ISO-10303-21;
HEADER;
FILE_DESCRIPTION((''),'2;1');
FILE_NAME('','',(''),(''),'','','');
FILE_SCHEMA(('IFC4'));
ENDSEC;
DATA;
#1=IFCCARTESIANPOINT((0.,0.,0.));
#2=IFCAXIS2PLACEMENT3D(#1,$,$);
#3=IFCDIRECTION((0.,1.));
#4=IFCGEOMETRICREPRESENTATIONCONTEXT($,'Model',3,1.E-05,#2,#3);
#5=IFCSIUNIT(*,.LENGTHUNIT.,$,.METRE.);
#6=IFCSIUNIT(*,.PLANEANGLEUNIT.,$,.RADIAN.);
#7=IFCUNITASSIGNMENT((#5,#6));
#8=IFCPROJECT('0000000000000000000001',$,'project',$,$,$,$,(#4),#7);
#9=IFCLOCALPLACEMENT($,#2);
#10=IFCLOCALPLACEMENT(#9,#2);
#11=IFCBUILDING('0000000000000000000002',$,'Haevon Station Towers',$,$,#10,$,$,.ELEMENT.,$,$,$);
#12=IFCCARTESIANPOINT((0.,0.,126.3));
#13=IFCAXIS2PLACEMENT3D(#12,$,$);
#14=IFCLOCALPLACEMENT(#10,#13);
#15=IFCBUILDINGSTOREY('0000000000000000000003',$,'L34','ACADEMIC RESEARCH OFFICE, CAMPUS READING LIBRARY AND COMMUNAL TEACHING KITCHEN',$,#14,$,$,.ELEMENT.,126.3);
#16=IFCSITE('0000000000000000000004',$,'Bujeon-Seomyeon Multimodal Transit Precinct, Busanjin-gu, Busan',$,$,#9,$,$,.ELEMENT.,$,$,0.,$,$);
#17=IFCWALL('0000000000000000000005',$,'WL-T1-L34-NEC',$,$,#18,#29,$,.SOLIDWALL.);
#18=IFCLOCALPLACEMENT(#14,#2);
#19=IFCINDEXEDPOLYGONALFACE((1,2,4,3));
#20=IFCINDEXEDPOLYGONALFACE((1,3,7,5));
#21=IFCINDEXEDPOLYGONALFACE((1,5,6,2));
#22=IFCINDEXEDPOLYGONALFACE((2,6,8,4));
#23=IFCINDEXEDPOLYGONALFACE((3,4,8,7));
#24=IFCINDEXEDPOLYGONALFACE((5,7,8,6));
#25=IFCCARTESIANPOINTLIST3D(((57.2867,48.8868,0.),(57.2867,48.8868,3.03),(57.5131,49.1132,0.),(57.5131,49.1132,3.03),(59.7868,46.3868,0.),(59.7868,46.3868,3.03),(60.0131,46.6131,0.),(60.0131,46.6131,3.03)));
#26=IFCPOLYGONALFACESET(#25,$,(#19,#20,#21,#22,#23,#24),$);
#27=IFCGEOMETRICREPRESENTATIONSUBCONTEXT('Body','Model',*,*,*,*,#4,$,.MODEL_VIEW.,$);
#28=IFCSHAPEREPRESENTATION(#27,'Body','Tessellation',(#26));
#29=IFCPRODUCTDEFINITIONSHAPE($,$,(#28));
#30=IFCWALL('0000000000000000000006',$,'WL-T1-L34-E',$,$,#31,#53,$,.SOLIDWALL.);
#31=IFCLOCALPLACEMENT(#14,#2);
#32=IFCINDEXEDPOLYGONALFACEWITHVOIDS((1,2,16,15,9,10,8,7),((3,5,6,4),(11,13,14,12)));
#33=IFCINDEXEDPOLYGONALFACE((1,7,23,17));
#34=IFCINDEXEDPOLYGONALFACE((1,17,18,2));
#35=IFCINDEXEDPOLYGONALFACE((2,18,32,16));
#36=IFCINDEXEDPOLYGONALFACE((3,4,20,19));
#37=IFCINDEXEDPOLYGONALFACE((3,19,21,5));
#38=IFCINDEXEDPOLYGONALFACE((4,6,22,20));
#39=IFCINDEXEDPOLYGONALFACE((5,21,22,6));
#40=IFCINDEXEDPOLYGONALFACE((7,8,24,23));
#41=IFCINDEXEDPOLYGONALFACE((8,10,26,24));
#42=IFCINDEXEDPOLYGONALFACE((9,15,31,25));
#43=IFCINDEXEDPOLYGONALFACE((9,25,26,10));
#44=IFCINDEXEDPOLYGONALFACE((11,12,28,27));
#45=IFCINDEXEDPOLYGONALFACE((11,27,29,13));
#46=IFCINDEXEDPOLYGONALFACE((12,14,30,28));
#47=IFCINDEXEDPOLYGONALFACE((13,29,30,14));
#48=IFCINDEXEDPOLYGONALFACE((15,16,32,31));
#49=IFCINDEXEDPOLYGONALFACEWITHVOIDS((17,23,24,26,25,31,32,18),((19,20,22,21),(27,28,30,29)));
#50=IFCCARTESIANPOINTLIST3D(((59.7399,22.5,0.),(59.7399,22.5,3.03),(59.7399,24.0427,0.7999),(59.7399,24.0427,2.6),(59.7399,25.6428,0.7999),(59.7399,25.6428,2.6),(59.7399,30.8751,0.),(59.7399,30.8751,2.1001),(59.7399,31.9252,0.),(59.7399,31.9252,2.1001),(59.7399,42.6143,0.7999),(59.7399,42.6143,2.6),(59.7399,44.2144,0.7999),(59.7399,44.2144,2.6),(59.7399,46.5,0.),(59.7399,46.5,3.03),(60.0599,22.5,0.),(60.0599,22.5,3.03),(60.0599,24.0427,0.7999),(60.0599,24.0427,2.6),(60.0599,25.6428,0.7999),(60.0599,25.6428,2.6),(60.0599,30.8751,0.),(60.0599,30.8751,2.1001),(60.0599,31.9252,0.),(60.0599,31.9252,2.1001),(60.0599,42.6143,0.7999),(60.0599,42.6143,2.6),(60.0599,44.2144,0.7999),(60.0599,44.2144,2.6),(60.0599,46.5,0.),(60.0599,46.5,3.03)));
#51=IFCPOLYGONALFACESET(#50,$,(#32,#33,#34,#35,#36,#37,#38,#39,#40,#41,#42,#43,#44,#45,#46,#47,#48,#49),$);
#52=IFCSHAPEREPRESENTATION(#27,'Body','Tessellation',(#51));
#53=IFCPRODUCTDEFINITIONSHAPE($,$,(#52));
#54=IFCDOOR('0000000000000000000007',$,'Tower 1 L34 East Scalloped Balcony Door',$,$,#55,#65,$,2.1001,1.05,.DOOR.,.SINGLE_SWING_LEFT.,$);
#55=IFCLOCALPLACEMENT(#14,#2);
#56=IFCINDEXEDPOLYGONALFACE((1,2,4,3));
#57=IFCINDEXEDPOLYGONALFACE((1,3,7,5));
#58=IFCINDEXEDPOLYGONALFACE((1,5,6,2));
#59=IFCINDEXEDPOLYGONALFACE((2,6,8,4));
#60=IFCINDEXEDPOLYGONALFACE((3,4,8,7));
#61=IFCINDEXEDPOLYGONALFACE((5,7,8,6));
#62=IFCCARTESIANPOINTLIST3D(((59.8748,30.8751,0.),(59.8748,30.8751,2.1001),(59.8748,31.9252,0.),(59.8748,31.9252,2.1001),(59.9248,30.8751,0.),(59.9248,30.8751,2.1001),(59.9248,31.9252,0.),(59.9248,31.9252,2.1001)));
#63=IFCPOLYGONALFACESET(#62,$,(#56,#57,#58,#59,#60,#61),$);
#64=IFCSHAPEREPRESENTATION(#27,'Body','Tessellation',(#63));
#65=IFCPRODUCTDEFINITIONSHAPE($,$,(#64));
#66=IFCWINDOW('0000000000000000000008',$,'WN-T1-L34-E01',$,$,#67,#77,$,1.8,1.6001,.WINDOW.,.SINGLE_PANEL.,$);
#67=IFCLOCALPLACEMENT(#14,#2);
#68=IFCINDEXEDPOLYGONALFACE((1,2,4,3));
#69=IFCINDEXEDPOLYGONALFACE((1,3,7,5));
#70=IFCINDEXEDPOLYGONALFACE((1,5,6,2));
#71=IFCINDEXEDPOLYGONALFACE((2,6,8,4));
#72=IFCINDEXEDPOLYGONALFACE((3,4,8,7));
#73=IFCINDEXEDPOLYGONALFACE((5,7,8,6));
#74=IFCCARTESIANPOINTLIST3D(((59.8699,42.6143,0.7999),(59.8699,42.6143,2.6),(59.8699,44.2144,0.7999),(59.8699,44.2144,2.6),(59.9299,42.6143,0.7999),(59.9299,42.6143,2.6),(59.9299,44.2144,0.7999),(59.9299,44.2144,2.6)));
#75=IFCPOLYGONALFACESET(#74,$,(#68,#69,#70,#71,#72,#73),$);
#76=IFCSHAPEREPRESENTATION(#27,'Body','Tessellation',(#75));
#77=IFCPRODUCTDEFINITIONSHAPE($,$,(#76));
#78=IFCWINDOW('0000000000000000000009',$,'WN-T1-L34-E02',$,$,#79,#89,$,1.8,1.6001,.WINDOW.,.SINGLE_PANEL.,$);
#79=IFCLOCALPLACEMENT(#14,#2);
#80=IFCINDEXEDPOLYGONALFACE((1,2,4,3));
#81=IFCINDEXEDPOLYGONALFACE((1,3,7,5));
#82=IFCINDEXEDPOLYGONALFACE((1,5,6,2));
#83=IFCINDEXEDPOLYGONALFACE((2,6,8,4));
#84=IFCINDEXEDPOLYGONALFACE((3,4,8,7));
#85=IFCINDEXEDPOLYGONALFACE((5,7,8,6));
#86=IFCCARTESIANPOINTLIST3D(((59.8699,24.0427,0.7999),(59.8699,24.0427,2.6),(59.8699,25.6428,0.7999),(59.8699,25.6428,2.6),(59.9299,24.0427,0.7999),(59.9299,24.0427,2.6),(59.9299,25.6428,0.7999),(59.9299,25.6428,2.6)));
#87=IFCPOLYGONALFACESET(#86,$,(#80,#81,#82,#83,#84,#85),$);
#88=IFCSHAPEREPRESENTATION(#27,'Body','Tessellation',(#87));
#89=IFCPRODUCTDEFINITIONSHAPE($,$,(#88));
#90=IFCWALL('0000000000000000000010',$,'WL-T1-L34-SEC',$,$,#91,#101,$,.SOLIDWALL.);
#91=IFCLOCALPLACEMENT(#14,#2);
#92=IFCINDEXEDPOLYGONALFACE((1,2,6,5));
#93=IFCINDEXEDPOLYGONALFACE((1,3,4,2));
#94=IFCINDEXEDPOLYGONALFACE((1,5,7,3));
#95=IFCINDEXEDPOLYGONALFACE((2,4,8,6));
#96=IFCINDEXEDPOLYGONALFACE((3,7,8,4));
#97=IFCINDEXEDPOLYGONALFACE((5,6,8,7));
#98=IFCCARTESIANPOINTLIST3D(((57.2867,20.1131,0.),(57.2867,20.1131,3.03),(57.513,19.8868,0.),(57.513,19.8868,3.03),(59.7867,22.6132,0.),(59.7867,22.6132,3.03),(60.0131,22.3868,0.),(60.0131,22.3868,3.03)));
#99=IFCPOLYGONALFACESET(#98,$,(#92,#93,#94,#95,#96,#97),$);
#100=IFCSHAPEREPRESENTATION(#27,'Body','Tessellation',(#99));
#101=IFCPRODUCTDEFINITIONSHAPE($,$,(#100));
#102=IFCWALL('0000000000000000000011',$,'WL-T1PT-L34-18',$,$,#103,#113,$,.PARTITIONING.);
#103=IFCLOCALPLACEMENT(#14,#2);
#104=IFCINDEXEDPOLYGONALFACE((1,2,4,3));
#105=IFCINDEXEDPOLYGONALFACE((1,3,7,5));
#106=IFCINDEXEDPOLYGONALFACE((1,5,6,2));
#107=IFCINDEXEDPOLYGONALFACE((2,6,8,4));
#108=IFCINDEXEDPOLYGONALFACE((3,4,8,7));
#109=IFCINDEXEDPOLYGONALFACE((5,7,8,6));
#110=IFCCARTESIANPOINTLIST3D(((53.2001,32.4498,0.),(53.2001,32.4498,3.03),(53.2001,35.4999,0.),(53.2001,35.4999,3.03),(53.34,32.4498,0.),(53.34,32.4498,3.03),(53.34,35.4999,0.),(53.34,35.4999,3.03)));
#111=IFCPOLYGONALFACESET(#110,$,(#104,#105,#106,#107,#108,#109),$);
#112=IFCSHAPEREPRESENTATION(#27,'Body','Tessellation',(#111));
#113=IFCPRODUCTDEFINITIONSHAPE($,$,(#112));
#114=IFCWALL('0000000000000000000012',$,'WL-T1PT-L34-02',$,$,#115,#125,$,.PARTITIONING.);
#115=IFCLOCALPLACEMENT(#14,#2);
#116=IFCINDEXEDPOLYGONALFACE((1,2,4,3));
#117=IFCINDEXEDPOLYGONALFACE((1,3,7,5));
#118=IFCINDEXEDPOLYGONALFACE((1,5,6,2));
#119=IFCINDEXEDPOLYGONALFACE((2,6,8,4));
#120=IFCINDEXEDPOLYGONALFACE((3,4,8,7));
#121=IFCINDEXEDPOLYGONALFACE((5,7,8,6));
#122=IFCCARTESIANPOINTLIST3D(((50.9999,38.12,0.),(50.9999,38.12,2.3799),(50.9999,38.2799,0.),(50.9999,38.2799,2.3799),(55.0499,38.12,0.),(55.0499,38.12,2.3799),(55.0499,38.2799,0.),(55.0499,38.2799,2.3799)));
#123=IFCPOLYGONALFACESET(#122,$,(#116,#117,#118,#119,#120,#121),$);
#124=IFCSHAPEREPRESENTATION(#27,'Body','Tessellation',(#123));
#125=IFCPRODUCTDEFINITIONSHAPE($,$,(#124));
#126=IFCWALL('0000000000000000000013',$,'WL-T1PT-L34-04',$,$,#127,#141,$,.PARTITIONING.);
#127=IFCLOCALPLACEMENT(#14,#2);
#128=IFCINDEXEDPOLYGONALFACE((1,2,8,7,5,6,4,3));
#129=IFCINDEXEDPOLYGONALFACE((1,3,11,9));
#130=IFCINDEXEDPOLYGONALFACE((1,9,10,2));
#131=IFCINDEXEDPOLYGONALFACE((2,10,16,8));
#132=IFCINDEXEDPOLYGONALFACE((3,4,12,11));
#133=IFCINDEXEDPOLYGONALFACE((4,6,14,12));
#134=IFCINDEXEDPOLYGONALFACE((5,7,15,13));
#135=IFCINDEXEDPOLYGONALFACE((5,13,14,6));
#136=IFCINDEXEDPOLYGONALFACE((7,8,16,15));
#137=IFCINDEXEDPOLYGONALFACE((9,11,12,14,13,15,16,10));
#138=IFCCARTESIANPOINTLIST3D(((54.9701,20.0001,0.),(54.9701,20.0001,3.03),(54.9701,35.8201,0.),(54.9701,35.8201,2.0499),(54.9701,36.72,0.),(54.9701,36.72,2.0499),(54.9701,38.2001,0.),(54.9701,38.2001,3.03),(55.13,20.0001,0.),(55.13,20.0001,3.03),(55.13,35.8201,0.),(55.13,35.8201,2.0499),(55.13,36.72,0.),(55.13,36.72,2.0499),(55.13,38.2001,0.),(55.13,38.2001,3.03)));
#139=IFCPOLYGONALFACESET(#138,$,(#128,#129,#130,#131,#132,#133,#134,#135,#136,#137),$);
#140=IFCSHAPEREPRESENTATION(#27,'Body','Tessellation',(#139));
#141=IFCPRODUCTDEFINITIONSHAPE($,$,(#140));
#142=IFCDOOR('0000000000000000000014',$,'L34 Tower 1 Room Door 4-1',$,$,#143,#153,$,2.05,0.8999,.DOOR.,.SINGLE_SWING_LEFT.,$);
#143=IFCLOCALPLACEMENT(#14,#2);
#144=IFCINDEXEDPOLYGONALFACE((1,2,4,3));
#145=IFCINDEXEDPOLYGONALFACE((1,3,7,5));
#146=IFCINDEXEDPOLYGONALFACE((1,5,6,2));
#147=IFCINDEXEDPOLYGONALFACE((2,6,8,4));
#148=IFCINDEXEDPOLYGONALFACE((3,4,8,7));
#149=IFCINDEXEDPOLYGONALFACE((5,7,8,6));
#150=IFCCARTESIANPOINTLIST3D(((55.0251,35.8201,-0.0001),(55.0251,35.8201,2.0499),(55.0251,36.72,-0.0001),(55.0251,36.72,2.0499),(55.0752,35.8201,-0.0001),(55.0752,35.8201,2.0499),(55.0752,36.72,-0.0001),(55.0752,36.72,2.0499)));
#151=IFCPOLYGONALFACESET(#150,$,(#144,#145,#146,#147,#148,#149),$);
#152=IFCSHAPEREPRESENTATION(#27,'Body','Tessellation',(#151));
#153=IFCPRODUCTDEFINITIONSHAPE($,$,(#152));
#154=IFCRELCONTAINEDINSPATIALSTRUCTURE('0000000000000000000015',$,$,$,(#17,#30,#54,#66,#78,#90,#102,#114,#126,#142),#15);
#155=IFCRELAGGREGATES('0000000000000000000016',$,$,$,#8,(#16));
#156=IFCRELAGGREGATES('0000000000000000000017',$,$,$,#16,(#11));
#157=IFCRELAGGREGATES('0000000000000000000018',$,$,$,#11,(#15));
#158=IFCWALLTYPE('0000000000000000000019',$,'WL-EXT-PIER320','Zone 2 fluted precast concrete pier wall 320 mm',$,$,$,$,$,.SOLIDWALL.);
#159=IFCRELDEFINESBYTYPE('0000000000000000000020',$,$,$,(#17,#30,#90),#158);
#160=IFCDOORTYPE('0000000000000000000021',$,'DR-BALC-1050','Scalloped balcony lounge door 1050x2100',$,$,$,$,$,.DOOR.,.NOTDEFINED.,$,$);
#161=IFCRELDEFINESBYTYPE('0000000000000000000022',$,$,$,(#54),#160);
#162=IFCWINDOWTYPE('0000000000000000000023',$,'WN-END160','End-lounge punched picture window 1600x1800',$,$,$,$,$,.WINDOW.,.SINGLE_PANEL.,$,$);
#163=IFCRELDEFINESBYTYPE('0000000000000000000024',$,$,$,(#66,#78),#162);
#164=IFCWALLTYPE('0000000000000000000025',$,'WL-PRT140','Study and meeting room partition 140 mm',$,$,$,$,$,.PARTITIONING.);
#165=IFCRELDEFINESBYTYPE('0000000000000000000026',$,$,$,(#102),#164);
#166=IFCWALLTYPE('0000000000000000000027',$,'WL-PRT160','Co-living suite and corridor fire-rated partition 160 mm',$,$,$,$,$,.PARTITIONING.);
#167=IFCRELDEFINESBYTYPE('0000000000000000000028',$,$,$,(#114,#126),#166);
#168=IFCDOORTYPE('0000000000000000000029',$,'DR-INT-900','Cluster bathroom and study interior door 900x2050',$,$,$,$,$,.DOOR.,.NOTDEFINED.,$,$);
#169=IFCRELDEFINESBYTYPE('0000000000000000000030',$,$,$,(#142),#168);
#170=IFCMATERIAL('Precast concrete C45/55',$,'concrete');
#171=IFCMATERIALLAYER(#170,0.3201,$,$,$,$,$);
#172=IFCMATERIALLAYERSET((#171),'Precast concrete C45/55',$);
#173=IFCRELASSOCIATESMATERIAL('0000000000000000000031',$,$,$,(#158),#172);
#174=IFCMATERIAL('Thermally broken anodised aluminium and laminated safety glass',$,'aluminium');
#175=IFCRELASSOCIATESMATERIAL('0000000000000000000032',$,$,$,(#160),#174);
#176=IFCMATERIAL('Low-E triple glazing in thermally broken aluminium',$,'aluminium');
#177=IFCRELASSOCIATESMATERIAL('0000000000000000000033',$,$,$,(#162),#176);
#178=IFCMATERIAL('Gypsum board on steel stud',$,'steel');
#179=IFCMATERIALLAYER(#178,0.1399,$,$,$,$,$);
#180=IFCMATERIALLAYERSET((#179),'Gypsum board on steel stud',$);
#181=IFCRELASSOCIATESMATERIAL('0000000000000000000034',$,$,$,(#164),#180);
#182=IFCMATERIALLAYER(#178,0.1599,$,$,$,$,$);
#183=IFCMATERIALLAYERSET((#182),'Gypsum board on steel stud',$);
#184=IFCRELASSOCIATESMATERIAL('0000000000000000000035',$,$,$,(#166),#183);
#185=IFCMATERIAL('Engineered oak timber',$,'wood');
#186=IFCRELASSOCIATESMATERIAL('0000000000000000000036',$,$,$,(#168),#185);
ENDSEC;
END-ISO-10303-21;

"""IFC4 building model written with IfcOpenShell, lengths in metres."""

from ifc_helpers import new_model, si_unit, direction, frame, frame_2d, origin, place, context, subcontext, project, spatial, rectangle, extrude, material, layer, layer_set, type_object, element, fill, save


model = new_model("IFC4")

# Units and contexts
model_context = context("Model", 3, precision=1e-05, world=origin(), true_north=direction((0.0, 1.0)))
body_context = subcontext(model_context, "Body", "Model", "MODEL_VIEW")
ifc_project = project(units=[si_unit("LENGTHUNIT", "METRE"), si_unit("PLANEANGLEUNIT", "RADIAN")], contexts=[model_context])

# Site, building, storey
site_placement = place(None, origin())
site = spatial("IfcSite", under=ifc_project, at=site_placement, Name="Bujeon-Seomyeon Multimodal Transit Precinct, Busanjin-gu, Busan", CompositionType="ELEMENT", RefElevation=0.0)
building_placement = place(site_placement, origin())
building = spatial("IfcBuilding", under=site, at=building_placement, Name="Haevon Station Towers", CompositionType="ELEMENT")
storey_placement = place(building_placement, frame((0.0, 0.0, 126.3)))
storey = spatial("IfcBuildingStorey", under=building, at=storey_placement, Name="L34", Description="ACADEMIC RESEARCH OFFICE, CAMPUS READING LIBRARY AND COMMUNAL TEACHING KITCHEN", CompositionType="ELEMENT", Elevation=126.3)

# Shared definitions
ifc_material_1 = material(Name="Precast concrete C45/55", Category="concrete")
ifc_layer_1 = layer(ifc_material_1, 0.3201)
ifc_layer_set_1 = layer_set([ifc_layer_1], Name="Precast concrete C45/55")
wall_type_1 = type_object("IfcWallType", Name="WL-EXT-PIER320", Description="Zone 2 fluted precast concrete pier wall 320 mm", PredefinedType="SOLIDWALL", material=ifc_layer_set_1)
ifc_material_2 = material(Name="Low-E triple glazing in thermally broken aluminium", Category="aluminium")

# Wall
wall_1_placement = place(storey_placement, frame((57.3999, 49.0, 0.0), z_axis=(0.0, 0.0, 1.0), x_axis=(0.707107, -0.707107, 0.0)))
element("IfcWall", 1, at=wall_1_placement, inside=storey, type_object=wall_type_1, Name="WL-T1-L34-NEC", PredefinedType="SOLIDWALL", context=body_context, shape_type="SweptSolid", body=[
    extrude(rectangle(XDim=3.5356, YDim=0.3201, at=frame_2d((1.7678, 0.0))), origin(), (0.0, 0.0, 1.0), 3.03),
])

# Wall, openings, door, windows
wall_2_placement = place(storey_placement, frame((59.8999, 46.5, 0.0), z_axis=(0.0, 0.0, 1.0), x_axis=(0.0, -1.0, 0.0)))
wall_2 = element("IfcWall", 2, at=wall_2_placement, inside=storey, type_object=wall_type_1, Name="WL-T1-L34-E", PredefinedType="SOLIDWALL", context=body_context, shape_type="SweptSolid", body=[
    extrude(rectangle(XDim=24.0, YDim=0.3201, at=frame_2d((12.0, 0.0))), origin(), (0.0, 0.0, 1.0), 3.03),
])
opening_1_placement = place(wall_2_placement, frame((14.575, 0.0, 0.0)))
opening_1 = element("IfcOpeningElement", 3, at=opening_1_placement, cuts=wall_2, PredefinedType="OPENING", context=body_context, shape_type="SweptSolid", body=[
    extrude(rectangle(XDim=1.05, YDim=2.1001, at=frame_2d((0.5249, 1.05))), frame((0.0, 0.1699, 0.0), z_axis=(0.0, -1.0, 0.0), x_axis=(1.0, 0.0, 0.0)), (0.0, 0.0, 1.0), 0.3401),
])
opening_2_placement = place(wall_2_placement, frame((2.2856, 0.0, 0.8)))
opening_2 = element("IfcOpeningElement", 4, at=opening_2_placement, cuts=wall_2, PredefinedType="OPENING", context=body_context, shape_type="SweptSolid", body=[
    extrude(rectangle(XDim=1.6001, YDim=1.8, at=frame_2d((0.8, 0.8999))), frame((0.0, 0.1699, 0.0), z_axis=(0.0, -1.0, 0.0), x_axis=(1.0, 0.0, 0.0)), (0.0, 0.0, 1.0), 0.3401),
])
opening_3_placement = place(wall_2_placement, frame((20.8572, 0.0, 0.8)))
opening_3 = element("IfcOpeningElement", 5, at=opening_3_placement, cuts=wall_2, PredefinedType="OPENING", context=body_context, shape_type="SweptSolid", body=[
    extrude(rectangle(XDim=1.6001, YDim=1.8, at=frame_2d((0.8, 0.8999))), frame((0.0, 0.1699, 0.0), z_axis=(0.0, -1.0, 0.0), x_axis=(1.0, 0.0, 0.0)), (0.0, 0.0, 1.0), 0.3401),
])
ifc_material_3 = material(Name="Thermally broken anodised aluminium and laminated safety glass", Category="aluminium")
door_type_1 = type_object("IfcDoorType", Name="DR-BALC-1050", Description="Scalloped balcony lounge door 1050x2100", OperationType="NOTDEFINED", PredefinedType="DOOR", material=ifc_material_3)
door_1_placement = place(opening_1_placement, origin())
door_1 = element("IfcDoor", 6, at=door_1_placement, inside=storey, type_object=door_type_1, Name="Tower 1 L34 East Scalloped Balcony Door", OperationType="SINGLE_SWING_LEFT", OverallHeight=2.1001, OverallWidth=1.05, PredefinedType="DOOR", context=body_context, shape_type="SweptSolid", body=[
    extrude(rectangle(XDim=1.05, YDim=2.1001, at=frame_2d((0.5249, 1.05))), frame((0.0, 0.0249, 0.0), z_axis=(0.0, -1.0, 0.0), x_axis=(1.0, 0.0, 0.0)), (0.0, 0.0, 1.0), 0.05),
])
fill(opening_1, door_1)
window_type_1 = type_object("IfcWindowType", Name="WN-END160", Description="End-lounge punched picture window 1600x1800", PartitioningType="SINGLE_PANEL", PredefinedType="WINDOW", material=ifc_material_2)
window_1_placement = place(opening_2_placement, origin())
window_1 = element("IfcWindow", 7, at=window_1_placement, inside=storey, type_object=window_type_1, Name="WN-T1-L34-E01", OverallHeight=1.8, OverallWidth=1.6001, PartitioningType="SINGLE_PANEL", PredefinedType="WINDOW", context=body_context, shape_type="SweptSolid", body=[
    extrude(rectangle(XDim=1.6001, YDim=1.8, at=frame_2d((0.8, 0.8999))), frame((0.0, 0.03, 0.0), z_axis=(0.0, -1.0, 0.0), x_axis=(1.0, 0.0, 0.0)), (0.0, 0.0, 1.0), 0.0601),
])
fill(opening_2, window_1)
window_2_placement = place(opening_3_placement, origin())
window_2 = element("IfcWindow", 8, at=window_2_placement, inside=storey, type_object=window_type_1, Name="WN-T1-L34-E02", OverallHeight=1.8, OverallWidth=1.6001, PartitioningType="SINGLE_PANEL", PredefinedType="WINDOW", context=body_context, shape_type="SweptSolid", body=[
    extrude(rectangle(XDim=1.6001, YDim=1.8, at=frame_2d((0.8, 0.8999))), frame((0.0, 0.03, 0.0), z_axis=(0.0, -1.0, 0.0), x_axis=(1.0, 0.0, 0.0)), (0.0, 0.0, 1.0), 0.0601),
])
fill(opening_3, window_2)

# Walls
wall_3_placement = place(storey_placement, frame((59.8999, 22.5, 0.0), z_axis=(0.0, 0.0, 1.0), x_axis=(-0.707107, -0.707107, 0.0)))
element("IfcWall", 9, at=wall_3_placement, inside=storey, type_object=wall_type_1, Name="WL-T1-L34-SEC", PredefinedType="SOLIDWALL", context=body_context, shape_type="SweptSolid", body=[
    extrude(rectangle(XDim=3.5356, YDim=0.3201, at=frame_2d((1.7678, 0.0))), origin(), (0.0, 0.0, 1.0), 3.03),
])
ifc_material_4 = material(Name="Gypsum board on steel stud", Category="steel")
ifc_layer_2 = layer(ifc_material_4, 0.1399)
ifc_layer_set_2 = layer_set([ifc_layer_2], Name="Gypsum board on steel stud")
wall_type_2 = type_object("IfcWallType", Name="WL-PRT140", Description="Study and meeting room partition 140 mm", PredefinedType="PARTITIONING", material=ifc_layer_set_2)
wall_4_placement = place(storey_placement, frame((53.27, 32.45, 0.0), z_axis=(0.0, 0.0, 1.0), x_axis=(0.0, 1.0, 0.0)))
element("IfcWall", 10, at=wall_4_placement, inside=storey, type_object=wall_type_2, Name="WL-T1PT-L34-18", PredefinedType="PARTITIONING", context=body_context, shape_type="SweptSolid", body=[
    extrude(rectangle(XDim=3.05, YDim=0.1399, at=frame_2d((1.5249, 0.0))), origin(), (0.0, 0.0, 1.0), 3.03),
])
ifc_layer_3 = layer(ifc_material_4, 0.1599)
ifc_layer_set_3 = layer_set([ifc_layer_3], Name="Gypsum board on steel stud")
wall_type_3 = type_object("IfcWallType", Name="WL-PRT160", Description="Co-living suite and corridor fire-rated partition 160 mm", PredefinedType="PARTITIONING", material=ifc_layer_set_3)
wall_5_placement = place(storey_placement, frame((51.0, 38.2, 0.0), z_axis=(0.0, 0.0, 1.0), x_axis=(1.0, 0.0, 0.0)))
element("IfcWall", 11, at=wall_5_placement, inside=storey, type_object=wall_type_3, Name="WL-T1PT-L34-02", PredefinedType="PARTITIONING", context=body_context, shape_type="SweptSolid", body=[
    extrude(rectangle(XDim=4.05, YDim=0.1599, at=frame_2d((2.0249, 0.0))), origin(), (0.0, 0.0, 1.0), 2.3799),
])

# Wall, opening, door
wall_6_placement = place(storey_placement, frame((55.05, 20.0, 0.0), z_axis=(0.0, 0.0, 1.0), x_axis=(0.0, 1.0, 0.0)))
wall_6 = element("IfcWall", 12, at=wall_6_placement, inside=storey, type_object=wall_type_3, Name="WL-T1PT-L34-04", PredefinedType="PARTITIONING", context=body_context, shape_type="SweptSolid", body=[
    extrude(rectangle(XDim=18.2, YDim=0.1599, at=frame_2d((9.1001, 0.0))), origin(), (0.0, 0.0, 1.0), 3.03),
])
opening_4_placement = place(wall_6_placement, frame((15.8201, 0.0, 0.0)))
opening_4 = element("IfcOpeningElement", 13, at=opening_4_placement, cuts=wall_6, PredefinedType="OPENING", context=body_context, shape_type="SweptSolid", body=[
    extrude(rectangle(XDim=0.8999, YDim=2.05, at=frame_2d((0.45, 1.0249))), frame((0.0, 0.0898, 0.0), z_axis=(0.0, -1.0, 0.0), x_axis=(1.0, 0.0, 0.0)), (0.0, 0.0, 1.0), 0.1799),
])
ifc_material_5 = material(Name="Engineered oak timber", Category="wood")
door_type_2 = type_object("IfcDoorType", Name="DR-INT-900", Description="Cluster bathroom and study interior door 900x2050", OperationType="NOTDEFINED", PredefinedType="DOOR", material=ifc_material_5)
door_2_placement = place(opening_4_placement, origin())
door_2 = element("IfcDoor", 14, at=door_2_placement, inside=storey, type_object=door_type_2, Name="L34 Tower 1 Room Door 4-1", OperationType="SINGLE_SWING_LEFT", OverallHeight=2.05, OverallWidth=0.8999, PredefinedType="DOOR", context=body_context, shape_type="SweptSolid", body=[
    extrude(rectangle(XDim=0.8999, YDim=2.05, at=frame_2d((0.45, 1.0249))), frame((0.0, 0.0249, 0.0), z_axis=(0.0, -1.0, 0.0), x_axis=(1.0, 0.0, 0.0)), (0.0, 0.0, 1.0), 0.05),
])
fill(opening_4, door_2)

save(model, "model.ifc")
